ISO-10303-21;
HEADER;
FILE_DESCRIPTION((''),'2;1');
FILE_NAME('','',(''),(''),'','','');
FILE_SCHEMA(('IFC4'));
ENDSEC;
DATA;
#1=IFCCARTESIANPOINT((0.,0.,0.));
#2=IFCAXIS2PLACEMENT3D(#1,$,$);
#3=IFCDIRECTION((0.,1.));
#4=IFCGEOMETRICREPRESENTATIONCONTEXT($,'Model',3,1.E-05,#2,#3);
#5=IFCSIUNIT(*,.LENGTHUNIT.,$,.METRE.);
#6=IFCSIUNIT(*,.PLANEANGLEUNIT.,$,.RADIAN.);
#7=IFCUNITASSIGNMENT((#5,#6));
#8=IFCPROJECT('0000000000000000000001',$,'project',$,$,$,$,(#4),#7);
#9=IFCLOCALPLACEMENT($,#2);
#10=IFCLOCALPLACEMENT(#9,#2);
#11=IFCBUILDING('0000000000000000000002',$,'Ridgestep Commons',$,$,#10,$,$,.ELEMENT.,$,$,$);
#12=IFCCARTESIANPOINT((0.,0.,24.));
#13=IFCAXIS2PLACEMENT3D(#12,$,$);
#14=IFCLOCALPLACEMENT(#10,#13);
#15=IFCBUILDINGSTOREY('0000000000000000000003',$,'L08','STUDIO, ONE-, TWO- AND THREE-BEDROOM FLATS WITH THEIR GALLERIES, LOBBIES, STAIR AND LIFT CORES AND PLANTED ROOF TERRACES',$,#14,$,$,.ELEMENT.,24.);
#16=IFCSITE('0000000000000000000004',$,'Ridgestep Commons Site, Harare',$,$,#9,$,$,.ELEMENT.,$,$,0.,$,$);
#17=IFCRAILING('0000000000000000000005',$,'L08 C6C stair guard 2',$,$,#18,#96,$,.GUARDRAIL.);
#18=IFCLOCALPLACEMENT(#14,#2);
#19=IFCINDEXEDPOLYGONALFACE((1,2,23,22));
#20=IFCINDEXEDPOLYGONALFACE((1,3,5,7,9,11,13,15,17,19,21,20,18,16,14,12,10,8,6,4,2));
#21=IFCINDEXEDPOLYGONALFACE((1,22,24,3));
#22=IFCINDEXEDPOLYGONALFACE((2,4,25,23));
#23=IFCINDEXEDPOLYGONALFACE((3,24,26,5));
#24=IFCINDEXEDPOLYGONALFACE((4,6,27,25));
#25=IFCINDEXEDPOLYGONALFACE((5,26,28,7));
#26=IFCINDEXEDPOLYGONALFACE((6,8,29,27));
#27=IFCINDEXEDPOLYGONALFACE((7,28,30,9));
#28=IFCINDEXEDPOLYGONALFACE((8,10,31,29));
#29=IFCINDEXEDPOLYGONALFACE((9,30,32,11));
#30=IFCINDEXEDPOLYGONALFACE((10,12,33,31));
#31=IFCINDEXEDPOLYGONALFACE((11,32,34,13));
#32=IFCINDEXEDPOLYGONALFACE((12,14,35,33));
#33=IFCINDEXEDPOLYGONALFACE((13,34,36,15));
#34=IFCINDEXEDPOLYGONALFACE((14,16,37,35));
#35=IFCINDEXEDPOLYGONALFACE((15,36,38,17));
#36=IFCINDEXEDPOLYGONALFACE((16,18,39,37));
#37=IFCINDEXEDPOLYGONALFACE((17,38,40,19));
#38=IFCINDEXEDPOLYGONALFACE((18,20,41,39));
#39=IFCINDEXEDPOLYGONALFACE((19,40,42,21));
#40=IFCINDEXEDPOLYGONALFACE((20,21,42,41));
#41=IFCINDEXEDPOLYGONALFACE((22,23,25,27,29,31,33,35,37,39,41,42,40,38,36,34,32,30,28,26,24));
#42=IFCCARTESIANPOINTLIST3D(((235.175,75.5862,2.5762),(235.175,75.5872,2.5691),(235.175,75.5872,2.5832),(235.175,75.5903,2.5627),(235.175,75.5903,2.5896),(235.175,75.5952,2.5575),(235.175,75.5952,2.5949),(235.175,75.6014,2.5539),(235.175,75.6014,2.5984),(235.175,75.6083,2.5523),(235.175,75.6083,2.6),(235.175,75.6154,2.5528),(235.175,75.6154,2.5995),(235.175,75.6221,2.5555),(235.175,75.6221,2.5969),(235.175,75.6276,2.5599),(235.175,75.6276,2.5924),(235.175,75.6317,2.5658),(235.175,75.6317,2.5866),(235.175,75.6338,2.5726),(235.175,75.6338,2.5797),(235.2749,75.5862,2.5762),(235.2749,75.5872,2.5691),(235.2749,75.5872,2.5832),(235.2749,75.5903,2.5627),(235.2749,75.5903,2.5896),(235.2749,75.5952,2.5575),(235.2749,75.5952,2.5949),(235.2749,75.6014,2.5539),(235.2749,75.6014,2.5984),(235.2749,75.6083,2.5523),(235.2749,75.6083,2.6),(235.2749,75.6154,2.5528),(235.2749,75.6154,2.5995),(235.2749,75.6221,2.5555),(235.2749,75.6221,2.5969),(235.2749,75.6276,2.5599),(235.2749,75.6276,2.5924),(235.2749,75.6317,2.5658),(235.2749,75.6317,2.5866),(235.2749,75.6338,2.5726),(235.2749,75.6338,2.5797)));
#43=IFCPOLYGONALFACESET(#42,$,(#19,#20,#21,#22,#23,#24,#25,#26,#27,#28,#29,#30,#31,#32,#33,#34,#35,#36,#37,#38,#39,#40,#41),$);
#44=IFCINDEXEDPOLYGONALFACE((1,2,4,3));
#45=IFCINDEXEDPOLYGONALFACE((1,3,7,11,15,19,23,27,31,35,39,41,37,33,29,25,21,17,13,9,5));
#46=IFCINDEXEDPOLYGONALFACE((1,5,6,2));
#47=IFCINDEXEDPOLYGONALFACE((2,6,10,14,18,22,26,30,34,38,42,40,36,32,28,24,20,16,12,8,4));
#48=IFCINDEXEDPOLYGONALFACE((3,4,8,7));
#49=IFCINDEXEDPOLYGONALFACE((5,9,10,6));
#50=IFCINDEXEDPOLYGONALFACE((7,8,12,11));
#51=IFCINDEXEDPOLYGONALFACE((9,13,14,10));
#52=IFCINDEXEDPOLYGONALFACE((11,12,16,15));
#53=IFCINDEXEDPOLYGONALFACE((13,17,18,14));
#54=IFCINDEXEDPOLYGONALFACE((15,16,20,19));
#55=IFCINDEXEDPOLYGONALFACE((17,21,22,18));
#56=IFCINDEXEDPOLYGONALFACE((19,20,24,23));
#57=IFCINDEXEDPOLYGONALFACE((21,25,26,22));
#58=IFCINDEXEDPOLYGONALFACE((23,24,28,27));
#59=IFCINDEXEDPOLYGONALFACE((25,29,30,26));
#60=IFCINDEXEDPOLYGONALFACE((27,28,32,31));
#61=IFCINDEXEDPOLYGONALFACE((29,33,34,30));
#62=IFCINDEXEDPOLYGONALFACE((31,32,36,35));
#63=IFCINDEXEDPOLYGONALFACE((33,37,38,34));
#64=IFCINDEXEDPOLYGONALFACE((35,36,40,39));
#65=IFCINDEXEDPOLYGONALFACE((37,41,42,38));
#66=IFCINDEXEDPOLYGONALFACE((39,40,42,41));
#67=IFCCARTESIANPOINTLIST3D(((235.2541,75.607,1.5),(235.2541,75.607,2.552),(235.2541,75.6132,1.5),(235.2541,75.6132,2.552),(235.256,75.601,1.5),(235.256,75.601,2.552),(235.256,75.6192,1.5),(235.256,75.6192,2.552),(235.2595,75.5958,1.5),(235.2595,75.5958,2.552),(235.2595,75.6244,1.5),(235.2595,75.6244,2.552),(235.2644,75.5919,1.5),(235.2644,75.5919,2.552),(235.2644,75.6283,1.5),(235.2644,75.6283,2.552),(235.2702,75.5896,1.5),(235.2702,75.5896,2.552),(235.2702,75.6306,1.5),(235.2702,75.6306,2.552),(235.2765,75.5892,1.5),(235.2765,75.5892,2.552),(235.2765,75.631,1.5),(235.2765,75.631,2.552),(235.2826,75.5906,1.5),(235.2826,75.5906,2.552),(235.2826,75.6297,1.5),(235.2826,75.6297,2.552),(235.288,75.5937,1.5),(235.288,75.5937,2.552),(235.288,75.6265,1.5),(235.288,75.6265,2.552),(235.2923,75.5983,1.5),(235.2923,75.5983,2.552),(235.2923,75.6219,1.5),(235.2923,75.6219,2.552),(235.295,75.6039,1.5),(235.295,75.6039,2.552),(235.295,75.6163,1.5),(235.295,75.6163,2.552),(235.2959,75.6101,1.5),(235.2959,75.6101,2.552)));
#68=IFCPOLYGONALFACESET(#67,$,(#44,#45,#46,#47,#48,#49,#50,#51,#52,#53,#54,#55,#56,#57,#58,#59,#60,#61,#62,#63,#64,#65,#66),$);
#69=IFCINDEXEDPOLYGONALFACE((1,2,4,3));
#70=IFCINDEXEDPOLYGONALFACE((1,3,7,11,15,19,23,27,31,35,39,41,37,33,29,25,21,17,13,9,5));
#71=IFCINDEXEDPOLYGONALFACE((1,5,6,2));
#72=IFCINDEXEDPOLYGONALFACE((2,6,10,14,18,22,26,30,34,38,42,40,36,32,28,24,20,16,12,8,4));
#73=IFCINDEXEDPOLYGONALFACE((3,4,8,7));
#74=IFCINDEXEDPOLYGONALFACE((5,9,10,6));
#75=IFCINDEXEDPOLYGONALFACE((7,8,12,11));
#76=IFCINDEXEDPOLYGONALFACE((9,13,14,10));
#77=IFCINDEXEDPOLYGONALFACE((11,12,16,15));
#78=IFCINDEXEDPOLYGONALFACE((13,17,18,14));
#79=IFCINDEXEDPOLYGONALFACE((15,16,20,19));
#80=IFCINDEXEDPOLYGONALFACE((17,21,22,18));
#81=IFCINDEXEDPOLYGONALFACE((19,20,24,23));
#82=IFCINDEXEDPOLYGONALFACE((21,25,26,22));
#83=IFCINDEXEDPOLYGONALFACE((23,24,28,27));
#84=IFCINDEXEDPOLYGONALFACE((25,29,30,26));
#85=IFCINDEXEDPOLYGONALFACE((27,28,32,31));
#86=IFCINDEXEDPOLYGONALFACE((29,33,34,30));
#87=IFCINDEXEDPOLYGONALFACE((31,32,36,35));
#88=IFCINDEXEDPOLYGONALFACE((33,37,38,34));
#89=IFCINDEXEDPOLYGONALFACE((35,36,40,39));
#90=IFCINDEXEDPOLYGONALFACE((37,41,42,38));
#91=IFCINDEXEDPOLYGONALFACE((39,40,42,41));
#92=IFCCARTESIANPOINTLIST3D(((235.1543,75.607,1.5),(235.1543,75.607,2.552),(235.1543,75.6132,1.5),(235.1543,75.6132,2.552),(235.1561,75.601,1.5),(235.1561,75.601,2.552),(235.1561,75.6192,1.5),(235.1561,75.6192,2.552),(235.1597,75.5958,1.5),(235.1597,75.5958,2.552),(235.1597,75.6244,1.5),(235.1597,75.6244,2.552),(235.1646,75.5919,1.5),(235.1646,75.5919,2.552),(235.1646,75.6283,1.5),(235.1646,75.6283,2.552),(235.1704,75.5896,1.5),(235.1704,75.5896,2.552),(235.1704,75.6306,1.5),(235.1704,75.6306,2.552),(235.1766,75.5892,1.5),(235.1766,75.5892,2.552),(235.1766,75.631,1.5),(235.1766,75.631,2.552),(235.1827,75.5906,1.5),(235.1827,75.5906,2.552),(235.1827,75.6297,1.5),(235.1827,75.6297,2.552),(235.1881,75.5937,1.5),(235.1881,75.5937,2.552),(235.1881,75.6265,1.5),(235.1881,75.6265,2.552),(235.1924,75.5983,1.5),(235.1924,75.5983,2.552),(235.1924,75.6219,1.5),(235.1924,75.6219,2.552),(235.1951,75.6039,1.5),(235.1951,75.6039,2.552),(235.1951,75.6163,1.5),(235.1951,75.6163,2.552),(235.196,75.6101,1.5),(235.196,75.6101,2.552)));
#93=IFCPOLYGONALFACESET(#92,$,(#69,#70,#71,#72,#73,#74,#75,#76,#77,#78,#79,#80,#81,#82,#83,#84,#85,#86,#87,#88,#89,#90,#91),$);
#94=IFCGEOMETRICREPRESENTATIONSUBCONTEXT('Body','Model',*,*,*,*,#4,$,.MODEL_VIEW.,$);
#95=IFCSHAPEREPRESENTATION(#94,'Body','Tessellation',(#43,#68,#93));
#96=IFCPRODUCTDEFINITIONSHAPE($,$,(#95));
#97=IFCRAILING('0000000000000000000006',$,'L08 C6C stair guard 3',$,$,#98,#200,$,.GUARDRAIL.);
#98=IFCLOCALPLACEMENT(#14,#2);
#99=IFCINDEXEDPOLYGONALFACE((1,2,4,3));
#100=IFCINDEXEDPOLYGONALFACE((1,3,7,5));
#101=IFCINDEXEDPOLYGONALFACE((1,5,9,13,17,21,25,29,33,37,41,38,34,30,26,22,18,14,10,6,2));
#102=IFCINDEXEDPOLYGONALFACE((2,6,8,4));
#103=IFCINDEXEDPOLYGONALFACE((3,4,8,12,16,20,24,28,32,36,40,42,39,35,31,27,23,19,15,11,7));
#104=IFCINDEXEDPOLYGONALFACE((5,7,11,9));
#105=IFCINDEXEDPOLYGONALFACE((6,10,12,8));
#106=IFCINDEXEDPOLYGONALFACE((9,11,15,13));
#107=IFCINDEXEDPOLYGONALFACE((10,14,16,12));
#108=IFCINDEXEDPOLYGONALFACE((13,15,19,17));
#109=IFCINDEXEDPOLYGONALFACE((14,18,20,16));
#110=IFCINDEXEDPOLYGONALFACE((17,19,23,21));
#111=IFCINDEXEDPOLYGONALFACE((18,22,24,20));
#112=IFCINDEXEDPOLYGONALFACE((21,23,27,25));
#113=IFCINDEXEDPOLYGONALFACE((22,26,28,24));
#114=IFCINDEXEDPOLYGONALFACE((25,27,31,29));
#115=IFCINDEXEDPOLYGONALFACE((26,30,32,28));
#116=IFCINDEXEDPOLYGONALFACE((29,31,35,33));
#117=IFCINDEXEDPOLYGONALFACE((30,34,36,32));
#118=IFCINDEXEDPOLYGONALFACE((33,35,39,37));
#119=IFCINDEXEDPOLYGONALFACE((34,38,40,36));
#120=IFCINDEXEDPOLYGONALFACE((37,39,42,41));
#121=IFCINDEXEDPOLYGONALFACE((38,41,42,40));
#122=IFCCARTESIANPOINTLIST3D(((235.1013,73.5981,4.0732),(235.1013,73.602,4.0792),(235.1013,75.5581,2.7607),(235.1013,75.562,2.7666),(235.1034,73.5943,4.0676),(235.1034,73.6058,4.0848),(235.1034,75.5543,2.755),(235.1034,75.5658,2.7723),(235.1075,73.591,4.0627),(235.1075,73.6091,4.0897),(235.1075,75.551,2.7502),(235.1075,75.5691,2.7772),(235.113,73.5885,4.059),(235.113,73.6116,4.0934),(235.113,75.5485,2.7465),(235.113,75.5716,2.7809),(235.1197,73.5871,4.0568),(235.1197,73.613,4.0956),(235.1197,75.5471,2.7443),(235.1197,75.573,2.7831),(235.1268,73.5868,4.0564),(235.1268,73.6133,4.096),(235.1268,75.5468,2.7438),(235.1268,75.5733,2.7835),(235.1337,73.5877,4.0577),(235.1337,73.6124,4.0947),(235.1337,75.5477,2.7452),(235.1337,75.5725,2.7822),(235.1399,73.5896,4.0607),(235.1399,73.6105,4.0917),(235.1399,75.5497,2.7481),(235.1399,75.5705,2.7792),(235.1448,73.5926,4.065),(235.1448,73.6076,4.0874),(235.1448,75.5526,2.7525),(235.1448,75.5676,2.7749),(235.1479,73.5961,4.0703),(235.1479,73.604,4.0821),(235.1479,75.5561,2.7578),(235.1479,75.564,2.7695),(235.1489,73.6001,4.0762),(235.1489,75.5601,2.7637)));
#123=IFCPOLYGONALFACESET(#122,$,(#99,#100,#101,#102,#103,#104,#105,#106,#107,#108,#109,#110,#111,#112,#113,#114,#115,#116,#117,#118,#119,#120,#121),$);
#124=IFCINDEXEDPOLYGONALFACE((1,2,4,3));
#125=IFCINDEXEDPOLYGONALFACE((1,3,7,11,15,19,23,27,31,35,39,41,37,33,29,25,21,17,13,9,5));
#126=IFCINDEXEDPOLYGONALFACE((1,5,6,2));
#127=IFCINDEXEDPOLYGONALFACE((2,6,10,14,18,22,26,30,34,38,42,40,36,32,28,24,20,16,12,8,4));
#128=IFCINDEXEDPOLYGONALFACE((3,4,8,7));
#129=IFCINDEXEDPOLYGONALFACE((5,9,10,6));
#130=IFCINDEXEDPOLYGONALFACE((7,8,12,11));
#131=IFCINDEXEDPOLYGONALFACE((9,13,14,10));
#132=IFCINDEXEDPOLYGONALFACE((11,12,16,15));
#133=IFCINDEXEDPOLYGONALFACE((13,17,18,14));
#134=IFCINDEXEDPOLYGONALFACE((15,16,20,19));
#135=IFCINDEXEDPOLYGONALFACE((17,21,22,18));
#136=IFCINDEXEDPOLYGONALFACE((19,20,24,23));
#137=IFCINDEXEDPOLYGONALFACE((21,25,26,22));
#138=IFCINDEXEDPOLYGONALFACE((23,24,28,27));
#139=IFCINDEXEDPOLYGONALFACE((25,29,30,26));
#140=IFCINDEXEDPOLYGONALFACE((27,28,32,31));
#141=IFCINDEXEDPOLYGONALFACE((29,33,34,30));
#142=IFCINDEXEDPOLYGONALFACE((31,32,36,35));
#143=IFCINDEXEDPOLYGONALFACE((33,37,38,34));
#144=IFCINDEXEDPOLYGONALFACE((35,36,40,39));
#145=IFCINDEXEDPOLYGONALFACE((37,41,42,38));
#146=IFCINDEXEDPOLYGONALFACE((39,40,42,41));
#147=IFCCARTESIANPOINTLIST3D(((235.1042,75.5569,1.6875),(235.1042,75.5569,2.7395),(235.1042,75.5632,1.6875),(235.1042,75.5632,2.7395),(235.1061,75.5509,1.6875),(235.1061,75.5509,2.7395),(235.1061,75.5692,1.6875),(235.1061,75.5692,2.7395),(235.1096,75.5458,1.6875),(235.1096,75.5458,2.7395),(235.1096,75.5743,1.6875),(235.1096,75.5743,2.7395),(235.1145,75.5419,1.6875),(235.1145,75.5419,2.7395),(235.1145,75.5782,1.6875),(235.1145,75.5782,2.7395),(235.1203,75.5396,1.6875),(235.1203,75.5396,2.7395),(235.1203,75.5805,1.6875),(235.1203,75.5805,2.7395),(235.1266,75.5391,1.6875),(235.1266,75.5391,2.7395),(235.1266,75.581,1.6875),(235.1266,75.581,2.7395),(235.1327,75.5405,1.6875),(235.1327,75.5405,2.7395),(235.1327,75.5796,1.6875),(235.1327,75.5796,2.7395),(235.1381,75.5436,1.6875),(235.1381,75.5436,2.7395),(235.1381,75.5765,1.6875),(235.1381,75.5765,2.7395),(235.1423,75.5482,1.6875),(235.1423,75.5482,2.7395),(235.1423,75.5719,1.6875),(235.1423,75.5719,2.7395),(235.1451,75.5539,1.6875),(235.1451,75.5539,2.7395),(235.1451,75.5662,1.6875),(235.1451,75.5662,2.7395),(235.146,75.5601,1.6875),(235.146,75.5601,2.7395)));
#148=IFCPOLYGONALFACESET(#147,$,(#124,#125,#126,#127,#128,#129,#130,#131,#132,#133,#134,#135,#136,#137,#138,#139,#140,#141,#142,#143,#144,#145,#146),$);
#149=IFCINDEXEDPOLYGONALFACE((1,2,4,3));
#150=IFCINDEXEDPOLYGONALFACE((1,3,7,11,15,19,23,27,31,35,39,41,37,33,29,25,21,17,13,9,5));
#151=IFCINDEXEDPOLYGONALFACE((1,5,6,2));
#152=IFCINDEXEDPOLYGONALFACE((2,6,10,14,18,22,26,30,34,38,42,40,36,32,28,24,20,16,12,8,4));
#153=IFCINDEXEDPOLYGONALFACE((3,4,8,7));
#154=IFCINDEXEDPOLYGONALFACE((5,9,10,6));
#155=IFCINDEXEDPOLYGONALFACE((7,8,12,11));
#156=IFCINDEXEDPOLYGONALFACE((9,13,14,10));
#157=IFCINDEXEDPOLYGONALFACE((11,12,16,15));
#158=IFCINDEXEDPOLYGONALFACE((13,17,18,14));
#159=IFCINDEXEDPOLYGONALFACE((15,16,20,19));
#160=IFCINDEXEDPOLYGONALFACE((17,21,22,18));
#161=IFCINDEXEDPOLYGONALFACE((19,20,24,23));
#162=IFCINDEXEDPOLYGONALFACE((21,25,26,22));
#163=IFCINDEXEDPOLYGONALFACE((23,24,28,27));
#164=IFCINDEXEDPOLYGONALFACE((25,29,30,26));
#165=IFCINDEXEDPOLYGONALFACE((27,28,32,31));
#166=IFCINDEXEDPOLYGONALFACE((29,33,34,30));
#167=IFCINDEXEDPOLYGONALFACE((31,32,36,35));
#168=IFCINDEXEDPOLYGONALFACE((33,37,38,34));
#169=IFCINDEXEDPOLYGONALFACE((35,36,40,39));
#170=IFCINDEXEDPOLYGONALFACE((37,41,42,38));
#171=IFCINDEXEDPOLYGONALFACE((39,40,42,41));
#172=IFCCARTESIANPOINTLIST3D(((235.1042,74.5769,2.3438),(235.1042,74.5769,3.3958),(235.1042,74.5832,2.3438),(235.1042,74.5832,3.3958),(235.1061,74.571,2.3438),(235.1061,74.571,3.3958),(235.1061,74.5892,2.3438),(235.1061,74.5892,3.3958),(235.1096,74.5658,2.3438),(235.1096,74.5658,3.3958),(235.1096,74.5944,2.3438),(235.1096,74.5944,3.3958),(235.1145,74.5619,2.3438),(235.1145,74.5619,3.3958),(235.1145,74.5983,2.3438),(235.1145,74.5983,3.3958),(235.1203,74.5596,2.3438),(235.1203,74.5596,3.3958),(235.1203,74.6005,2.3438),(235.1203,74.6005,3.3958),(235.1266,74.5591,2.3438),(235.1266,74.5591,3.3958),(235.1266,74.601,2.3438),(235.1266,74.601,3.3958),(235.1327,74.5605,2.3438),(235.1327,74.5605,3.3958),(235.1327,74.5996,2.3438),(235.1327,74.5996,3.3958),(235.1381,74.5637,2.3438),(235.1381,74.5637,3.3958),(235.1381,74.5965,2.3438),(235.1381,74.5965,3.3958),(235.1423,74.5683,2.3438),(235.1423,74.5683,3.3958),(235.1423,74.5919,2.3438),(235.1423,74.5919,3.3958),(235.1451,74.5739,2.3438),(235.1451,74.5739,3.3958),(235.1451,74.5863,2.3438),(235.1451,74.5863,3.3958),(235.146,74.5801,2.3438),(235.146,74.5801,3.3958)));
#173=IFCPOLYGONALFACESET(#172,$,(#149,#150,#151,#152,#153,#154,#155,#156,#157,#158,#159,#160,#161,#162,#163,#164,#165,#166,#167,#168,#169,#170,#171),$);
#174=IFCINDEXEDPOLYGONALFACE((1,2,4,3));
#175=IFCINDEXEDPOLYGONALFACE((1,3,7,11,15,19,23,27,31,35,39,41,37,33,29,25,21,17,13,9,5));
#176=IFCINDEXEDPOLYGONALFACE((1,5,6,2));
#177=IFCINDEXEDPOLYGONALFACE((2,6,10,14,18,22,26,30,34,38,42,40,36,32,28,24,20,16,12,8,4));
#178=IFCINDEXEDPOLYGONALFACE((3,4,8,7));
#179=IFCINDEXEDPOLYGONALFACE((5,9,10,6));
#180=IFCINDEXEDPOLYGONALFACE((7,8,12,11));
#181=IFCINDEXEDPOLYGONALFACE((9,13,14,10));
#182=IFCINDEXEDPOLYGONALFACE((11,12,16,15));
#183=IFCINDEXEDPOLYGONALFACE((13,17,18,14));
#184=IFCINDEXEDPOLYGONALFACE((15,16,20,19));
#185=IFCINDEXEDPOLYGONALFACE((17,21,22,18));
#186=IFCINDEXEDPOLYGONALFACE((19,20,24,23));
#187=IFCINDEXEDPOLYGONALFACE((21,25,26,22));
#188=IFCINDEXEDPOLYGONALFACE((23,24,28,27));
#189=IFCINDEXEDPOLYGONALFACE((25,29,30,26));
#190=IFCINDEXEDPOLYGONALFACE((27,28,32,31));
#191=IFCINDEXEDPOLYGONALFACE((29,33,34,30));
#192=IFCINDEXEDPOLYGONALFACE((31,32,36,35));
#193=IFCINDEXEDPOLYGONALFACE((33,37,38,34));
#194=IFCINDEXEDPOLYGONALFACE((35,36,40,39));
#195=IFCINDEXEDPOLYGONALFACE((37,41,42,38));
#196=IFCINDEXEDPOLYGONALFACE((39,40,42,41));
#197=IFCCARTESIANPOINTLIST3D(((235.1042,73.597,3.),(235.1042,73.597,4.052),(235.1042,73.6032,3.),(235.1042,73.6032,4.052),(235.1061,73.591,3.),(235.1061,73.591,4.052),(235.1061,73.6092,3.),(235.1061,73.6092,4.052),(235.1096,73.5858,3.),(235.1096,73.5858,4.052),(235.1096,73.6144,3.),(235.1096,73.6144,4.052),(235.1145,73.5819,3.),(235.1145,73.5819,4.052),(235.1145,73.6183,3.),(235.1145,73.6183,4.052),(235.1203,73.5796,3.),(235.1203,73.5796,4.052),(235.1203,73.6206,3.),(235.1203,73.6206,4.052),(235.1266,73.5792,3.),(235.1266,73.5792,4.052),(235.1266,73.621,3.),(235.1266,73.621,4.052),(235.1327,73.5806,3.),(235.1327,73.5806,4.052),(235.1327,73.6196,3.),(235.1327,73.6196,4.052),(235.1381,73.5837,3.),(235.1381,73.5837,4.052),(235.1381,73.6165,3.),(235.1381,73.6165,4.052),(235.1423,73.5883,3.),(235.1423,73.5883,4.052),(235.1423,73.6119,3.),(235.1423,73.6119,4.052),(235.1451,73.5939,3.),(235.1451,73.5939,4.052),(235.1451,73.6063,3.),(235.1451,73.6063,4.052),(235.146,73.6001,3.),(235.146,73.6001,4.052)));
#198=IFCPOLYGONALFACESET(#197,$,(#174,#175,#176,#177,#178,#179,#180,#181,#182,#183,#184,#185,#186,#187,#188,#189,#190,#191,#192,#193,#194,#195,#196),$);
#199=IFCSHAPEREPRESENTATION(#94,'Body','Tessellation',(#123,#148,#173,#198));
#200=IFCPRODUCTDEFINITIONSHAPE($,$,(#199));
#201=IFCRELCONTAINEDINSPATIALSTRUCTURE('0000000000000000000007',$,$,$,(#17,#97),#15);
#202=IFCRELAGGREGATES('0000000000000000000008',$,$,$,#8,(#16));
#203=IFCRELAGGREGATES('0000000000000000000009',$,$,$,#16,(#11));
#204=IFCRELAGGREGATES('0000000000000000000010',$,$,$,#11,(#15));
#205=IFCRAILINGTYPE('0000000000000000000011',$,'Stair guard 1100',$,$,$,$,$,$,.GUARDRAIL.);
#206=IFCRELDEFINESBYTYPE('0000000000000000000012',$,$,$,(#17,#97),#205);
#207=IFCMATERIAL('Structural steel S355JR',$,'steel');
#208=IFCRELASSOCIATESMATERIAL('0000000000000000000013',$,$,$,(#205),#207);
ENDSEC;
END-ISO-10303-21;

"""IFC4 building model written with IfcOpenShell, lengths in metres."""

from ifc_helpers import new_model, si_unit, direction, frame, origin, origin_2d, place, context, subcontext, project, spatial, circle, extrude, material, type_object, element, save


model = new_model("IFC4")

# Units and contexts
model_context = context("Model", 3, precision=1e-05, world=origin(), true_north=direction((0.0, 1.0)))
body_context = subcontext(model_context, "Body", "Model", "MODEL_VIEW")
ifc_project = project(units=[si_unit("LENGTHUNIT", "METRE"), si_unit("PLANEANGLEUNIT", "RADIAN")], contexts=[model_context])

# Site, building, storey
site_placement = place(None, origin())
site = spatial("IfcSite", under=ifc_project, at=site_placement, Name="Ridgestep Commons Site, Harare", CompositionType="ELEMENT", RefElevation=0.0)
building_placement = place(site_placement, origin())
building = spatial("IfcBuilding", under=site, at=building_placement, Name="Ridgestep Commons", CompositionType="ELEMENT")
storey_placement = place(building_placement, frame((0.0, 0.0, 24.0)))
storey = spatial("IfcBuildingStorey", under=building, at=storey_placement, Name="L08", Description="STUDIO, ONE-, TWO- AND THREE-BEDROOM FLATS WITH THEIR GALLERIES, LOBBIES, STAIR AND LIFT CORES AND PLANTED ROOF TERRACES", CompositionType="ELEMENT", Elevation=24.0)

# Railings
ifc_material_1 = material(Name="Structural steel S355JR", Category="steel")
railing_type_1 = type_object("IfcRailingType", Name="Stair guard 1100", PredefinedType="GUARDRAIL", material=ifc_material_1)
railing_1_placement = place(storey_placement, frame((235.2749, 75.6101, 1.5)))
element("IfcRailing", 1, at=railing_1_placement, inside=storey, type_object=railing_type_1, Name="L08 C6C stair guard 2", PredefinedType="GUARDRAIL", context=body_context, shape_type="SweptSolid", body=[
    extrude(circle(Radius=0.0239, at=origin_2d()), frame((0.0, 0.0, 1.0762), z_axis=(-1.0, 0.0, 0.0), x_axis=(0.0, -1.0, 0.0)), (0.0, 0.0, 1.0), 0.0999),
    extrude(circle(Radius=0.021, at=origin_2d()), origin(), (0.0, 0.0, 1.0), 1.052),
    extrude(circle(Radius=0.021, at=origin_2d()), frame((-0.0999, 0.0, 0.0)), (0.0, 0.0, 1.0), 1.052),
])
railing_2_placement = place(storey_placement, frame((235.125, 75.5601, 1.6875)))
element("IfcRailing", 2, at=railing_2_placement, inside=storey, type_object=railing_type_1, Name="L08 C6C stair guard 3", PredefinedType="GUARDRAIL", context=body_context, shape_type="SweptSolid", body=[
    extrude(circle(Radius=0.0239, at=origin_2d()), frame((0.0, 0.0, 1.0762), z_axis=(0.0, -0.830902, 0.556419), x_axis=(1.0, 0.0, 0.0)), (0.0, 0.0, 1.0), 2.3589),
    extrude(circle(Radius=0.021, at=origin_2d()), origin(), (0.0, 0.0, 1.0), 1.052),
    extrude(circle(Radius=0.021, at=origin_2d()), frame((0.0, -0.98, 0.6562)), (0.0, 0.0, 1.0), 1.052),
    extrude(circle(Radius=0.021, at=origin_2d()), frame((0.0, -1.96, 1.3125)), (0.0, 0.0, 1.0), 1.052),
])

save(model, "model.ifc")
